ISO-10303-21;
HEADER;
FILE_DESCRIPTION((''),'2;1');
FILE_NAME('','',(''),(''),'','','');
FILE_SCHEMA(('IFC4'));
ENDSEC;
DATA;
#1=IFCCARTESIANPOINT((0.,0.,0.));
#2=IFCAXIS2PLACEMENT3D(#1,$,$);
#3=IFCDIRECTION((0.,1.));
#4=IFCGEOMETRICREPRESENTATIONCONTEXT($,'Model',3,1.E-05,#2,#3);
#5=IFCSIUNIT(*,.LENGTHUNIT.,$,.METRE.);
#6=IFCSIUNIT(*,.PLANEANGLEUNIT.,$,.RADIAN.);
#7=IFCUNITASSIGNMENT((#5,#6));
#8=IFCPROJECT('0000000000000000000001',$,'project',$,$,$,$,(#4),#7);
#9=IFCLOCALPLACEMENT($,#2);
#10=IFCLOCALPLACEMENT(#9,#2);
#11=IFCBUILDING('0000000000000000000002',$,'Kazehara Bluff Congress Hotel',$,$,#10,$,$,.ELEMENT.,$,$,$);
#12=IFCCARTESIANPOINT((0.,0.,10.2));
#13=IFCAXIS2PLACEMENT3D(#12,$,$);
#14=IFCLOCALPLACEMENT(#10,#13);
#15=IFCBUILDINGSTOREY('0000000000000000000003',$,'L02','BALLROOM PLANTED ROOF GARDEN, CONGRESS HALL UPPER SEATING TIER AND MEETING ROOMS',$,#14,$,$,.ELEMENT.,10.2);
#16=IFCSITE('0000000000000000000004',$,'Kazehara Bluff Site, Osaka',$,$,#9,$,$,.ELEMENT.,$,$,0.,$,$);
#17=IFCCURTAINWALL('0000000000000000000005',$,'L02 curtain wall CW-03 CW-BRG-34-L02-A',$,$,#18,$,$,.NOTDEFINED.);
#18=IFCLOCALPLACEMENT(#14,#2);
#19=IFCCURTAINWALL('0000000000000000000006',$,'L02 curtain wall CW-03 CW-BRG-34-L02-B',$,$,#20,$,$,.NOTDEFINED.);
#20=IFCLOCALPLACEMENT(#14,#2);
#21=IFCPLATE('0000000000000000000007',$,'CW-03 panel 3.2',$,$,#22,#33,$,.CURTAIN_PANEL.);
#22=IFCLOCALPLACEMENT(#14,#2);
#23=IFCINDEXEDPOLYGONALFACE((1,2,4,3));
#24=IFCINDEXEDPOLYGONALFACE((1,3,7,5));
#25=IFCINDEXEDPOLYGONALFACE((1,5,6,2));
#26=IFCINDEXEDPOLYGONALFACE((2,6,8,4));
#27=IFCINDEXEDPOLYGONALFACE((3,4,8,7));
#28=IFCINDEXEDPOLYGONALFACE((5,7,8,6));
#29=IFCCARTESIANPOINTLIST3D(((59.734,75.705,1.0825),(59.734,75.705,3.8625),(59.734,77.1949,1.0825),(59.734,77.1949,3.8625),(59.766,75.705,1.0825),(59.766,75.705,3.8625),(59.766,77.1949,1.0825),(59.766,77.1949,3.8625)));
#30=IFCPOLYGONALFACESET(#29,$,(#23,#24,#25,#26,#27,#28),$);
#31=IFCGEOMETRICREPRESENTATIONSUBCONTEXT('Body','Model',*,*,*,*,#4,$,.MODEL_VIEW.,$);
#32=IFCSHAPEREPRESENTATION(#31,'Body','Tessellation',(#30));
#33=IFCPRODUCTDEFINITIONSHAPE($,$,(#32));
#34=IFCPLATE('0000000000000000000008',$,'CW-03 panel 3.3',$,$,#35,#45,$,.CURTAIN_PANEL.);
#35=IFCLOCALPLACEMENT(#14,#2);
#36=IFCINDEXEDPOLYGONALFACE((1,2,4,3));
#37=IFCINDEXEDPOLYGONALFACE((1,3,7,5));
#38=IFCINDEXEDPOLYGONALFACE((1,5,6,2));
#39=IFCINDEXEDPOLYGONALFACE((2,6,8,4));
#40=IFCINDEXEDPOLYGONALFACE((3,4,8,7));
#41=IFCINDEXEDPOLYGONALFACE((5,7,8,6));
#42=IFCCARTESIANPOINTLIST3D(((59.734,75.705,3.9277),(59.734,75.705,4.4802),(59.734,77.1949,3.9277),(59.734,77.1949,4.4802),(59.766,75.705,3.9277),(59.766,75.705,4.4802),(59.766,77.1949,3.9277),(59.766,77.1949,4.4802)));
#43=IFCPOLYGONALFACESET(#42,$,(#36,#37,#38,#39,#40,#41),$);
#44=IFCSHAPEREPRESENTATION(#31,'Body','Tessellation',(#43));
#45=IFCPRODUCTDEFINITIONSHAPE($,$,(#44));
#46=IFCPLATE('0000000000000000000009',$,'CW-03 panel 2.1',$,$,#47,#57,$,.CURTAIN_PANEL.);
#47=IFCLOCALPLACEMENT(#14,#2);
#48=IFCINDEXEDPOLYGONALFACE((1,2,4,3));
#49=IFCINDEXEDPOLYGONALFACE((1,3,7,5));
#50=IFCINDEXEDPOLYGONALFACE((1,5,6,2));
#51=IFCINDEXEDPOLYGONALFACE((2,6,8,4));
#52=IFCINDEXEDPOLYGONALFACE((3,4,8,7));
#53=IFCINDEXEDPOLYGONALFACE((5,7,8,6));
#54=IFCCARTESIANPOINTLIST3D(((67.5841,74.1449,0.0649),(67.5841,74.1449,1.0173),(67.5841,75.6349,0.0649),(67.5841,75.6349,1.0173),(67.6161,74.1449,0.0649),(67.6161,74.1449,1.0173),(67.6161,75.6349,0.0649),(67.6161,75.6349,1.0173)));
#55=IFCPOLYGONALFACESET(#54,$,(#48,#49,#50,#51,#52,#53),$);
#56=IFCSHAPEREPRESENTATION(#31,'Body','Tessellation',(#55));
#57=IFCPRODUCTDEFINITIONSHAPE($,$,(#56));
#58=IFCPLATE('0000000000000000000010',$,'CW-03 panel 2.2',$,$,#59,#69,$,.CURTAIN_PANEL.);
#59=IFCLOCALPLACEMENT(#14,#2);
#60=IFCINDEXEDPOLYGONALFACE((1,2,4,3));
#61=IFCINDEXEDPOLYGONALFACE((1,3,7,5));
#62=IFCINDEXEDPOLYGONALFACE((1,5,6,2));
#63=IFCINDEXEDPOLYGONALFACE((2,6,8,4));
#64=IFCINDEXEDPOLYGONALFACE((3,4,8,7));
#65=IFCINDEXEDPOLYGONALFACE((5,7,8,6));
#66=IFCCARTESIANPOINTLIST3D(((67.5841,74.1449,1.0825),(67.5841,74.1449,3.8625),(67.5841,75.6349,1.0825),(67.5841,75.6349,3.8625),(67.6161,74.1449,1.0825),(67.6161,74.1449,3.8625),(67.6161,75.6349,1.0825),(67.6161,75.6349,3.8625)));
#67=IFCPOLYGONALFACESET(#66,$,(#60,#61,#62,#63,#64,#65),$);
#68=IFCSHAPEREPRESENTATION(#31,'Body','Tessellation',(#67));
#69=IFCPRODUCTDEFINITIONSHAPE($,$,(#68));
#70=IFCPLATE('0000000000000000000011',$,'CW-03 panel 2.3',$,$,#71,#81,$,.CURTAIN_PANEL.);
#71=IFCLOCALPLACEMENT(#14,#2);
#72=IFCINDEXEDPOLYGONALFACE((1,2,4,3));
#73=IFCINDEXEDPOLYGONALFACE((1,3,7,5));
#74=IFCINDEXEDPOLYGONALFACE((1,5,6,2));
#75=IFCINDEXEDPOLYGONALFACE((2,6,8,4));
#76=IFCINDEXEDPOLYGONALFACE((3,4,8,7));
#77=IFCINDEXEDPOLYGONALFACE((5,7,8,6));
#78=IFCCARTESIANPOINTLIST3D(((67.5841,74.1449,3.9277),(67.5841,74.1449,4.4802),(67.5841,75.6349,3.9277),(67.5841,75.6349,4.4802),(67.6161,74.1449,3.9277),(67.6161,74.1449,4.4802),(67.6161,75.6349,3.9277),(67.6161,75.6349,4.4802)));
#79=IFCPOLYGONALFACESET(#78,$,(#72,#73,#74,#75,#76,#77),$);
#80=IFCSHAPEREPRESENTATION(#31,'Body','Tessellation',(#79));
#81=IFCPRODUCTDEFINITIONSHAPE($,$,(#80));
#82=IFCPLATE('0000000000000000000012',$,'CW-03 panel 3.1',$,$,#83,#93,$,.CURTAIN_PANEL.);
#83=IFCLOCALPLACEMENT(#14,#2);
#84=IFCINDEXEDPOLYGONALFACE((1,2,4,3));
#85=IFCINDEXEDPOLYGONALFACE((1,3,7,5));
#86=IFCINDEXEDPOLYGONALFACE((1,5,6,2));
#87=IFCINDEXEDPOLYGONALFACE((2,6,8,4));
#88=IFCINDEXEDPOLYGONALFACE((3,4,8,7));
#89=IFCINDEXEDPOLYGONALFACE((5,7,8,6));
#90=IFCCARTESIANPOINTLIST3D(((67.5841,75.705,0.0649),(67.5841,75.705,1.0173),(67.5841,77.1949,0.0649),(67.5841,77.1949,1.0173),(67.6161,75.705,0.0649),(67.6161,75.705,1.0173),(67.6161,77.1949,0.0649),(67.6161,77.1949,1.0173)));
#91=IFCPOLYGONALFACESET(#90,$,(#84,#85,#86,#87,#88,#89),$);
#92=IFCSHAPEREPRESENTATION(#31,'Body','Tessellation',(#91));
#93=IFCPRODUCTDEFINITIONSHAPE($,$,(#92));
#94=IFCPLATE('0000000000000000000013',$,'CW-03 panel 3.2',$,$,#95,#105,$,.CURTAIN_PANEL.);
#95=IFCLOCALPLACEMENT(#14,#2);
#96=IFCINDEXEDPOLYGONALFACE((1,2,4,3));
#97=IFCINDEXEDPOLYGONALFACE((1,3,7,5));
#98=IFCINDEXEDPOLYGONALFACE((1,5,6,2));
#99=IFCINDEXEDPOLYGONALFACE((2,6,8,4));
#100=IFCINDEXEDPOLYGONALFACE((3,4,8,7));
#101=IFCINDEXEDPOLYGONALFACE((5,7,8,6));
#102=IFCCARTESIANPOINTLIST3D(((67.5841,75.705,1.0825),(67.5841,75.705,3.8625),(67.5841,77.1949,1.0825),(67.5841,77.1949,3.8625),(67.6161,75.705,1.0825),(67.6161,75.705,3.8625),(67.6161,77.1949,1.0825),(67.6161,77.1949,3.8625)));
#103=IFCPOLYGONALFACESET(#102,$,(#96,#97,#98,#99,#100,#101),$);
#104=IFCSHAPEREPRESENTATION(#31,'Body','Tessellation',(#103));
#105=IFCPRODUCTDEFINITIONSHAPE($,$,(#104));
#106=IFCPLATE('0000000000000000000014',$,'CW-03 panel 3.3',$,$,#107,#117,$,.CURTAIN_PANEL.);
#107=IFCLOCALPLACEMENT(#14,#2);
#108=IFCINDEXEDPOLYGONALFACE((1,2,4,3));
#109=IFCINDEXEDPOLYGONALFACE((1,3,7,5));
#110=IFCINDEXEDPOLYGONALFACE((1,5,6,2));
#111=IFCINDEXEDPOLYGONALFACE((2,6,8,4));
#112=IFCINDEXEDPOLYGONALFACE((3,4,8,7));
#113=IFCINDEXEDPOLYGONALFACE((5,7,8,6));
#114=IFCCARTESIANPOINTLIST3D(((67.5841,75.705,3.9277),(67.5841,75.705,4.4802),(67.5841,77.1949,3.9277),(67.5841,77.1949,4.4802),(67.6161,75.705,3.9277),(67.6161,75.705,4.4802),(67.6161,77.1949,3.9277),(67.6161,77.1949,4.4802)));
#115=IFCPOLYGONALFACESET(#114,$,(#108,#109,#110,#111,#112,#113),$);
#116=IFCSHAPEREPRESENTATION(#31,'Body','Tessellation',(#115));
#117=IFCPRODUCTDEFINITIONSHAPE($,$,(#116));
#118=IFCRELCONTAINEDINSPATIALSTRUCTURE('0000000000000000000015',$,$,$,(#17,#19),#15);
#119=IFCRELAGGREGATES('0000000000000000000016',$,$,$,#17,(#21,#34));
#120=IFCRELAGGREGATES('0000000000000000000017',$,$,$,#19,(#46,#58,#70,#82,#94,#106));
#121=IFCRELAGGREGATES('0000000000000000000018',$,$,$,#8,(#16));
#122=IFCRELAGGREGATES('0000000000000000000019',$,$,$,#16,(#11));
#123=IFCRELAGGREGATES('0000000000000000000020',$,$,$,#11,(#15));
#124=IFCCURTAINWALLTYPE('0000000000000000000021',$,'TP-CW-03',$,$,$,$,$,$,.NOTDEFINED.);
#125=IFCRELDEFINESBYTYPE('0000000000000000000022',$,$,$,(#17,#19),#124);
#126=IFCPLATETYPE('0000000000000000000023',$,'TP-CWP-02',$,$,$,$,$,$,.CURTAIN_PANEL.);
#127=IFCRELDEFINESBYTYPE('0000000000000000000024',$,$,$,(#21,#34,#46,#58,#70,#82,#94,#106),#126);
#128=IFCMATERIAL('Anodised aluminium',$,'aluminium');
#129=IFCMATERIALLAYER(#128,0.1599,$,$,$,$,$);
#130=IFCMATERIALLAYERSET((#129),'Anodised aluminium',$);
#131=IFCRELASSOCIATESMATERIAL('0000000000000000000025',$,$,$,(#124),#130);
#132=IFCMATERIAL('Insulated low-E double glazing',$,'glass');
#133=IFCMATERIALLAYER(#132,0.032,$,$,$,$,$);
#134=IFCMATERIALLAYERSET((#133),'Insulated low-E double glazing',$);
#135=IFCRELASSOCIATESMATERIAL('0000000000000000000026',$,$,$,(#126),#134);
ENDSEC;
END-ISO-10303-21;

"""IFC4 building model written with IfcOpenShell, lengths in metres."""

from ifc_helpers import new_model, si_unit, direction, frame, origin, origin_2d, place, context, subcontext, project, spatial, rectangle, extrude, material, layer, layer_set, type_object, element, aggregate, save


model = new_model("IFC4")

# Units and contexts
model_context = context("Model", 3, precision=1e-05, world=origin(), true_north=direction((0.0, 1.0)))
body_context = subcontext(model_context, "Body", "Model", "MODEL_VIEW")
ifc_project = project(units=[si_unit("LENGTHUNIT", "METRE"), si_unit("PLANEANGLEUNIT", "RADIAN")], contexts=[model_context])

# Site, building, storey
site_placement = place(None, origin())
site = spatial("IfcSite", under=ifc_project, at=site_placement, Name="Kazehara Bluff Site, Osaka", CompositionType="ELEMENT", RefElevation=0.0)
building_placement = place(site_placement, origin())
building = spatial("IfcBuilding", under=site, at=building_placement, Name="Kazehara Bluff Congress Hotel", CompositionType="ELEMENT")
storey_placement = place(building_placement, frame((0.0, 0.0, 10.2)))
storey = spatial("IfcBuildingStorey", under=building, at=storey_placement, Name="L02", Description="BALLROOM PLANTED ROOF GARDEN, CONGRESS HALL UPPER SEATING TIER AND MEETING ROOMS", CompositionType="ELEMENT", Elevation=10.2)

# Curtain wall
ifc_material_1 = material(Name="Anodised aluminium", Category="aluminium")
ifc_layer_1 = layer(ifc_material_1, 0.1599)
ifc_layer_set_1 = layer_set([ifc_layer_1], Name="Anodised aluminium")
curtain_wall_type = type_object("IfcCurtainWallType", Name="TP-CW-03", PredefinedType="NOTDEFINED", material=ifc_layer_set_1)
curtain_wall_1_placement = place(storey_placement, origin())
curtain_wall_1 = element("IfcCurtainWall", 1, at=curtain_wall_1_placement, inside=storey, type_object=curtain_wall_type, Name="L02 curtain wall CW-03 CW-BRG-34-L02-A", PredefinedType="NOTDEFINED")

# Curtain wall
curtain_wall_2_placement = place(storey_placement, origin())
curtain_wall_2 = element("IfcCurtainWall", 2, at=curtain_wall_2_placement, inside=storey, type_object=curtain_wall_type, Name="L02 curtain wall CW-03 CW-BRG-34-L02-B", PredefinedType="NOTDEFINED")

# Plates
ifc_material_2 = material(Name="Insulated low-E double glazing", Category="glass")
ifc_layer_2 = layer(ifc_material_2, 0.032)
ifc_layer_set_2 = layer_set([ifc_layer_2], Name="Insulated low-E double glazing")
plate_type = type_object("IfcPlateType", Name="TP-CWP-02", PredefinedType="CURTAIN_PANEL", material=ifc_layer_set_2)
plate_1_placement = place(storey_placement, frame((59.75, 76.45, 1.0825), z_axis=(0.0, 0.0, 1.0), x_axis=(0.0, 1.0, 0.0)))
plate_1 = element("IfcPlate", 3, at=plate_1_placement, type_object=plate_type, Name="CW-03 panel 3.2", PredefinedType="CURTAIN_PANEL", context=body_context, shape_type="SweptSolid", body=[
    extrude(rectangle(XDim=1.49, YDim=0.032, at=origin_2d()), origin(), (0.0, 0.0, 1.0), 2.78),
])
plate_2_placement = place(storey_placement, frame((59.75, 76.45, 3.9277), z_axis=(0.0, 0.0, 1.0), x_axis=(0.0, 1.0, 0.0)))
plate_2 = element("IfcPlate", 4, at=plate_2_placement, type_object=plate_type, Name="CW-03 panel 3.3", PredefinedType="CURTAIN_PANEL", context=body_context, shape_type="SweptSolid", body=[
    extrude(rectangle(XDim=1.49, YDim=0.032, at=origin_2d()), origin(), (0.0, 0.0, 1.0), 0.5525),
])
aggregate(curtain_wall_1, [plate_1, plate_2])
plate_3_placement = place(storey_placement, frame((67.6001, 74.8899, 0.0649), z_axis=(0.0, 0.0, 1.0), x_axis=(0.0, 1.0, 0.0)))
plate_3 = element("IfcPlate", 5, at=plate_3_placement, type_object=plate_type, Name="CW-03 panel 2.1", PredefinedType="CURTAIN_PANEL", context=body_context, shape_type="SweptSolid", body=[
    extrude(rectangle(XDim=1.49, YDim=0.032, at=origin_2d()), origin(), (0.0, 0.0, 1.0), 0.9524),
])
plate_4_placement = place(storey_placement, frame((67.6001, 74.8899, 1.0825), z_axis=(0.0, 0.0, 1.0), x_axis=(0.0, 1.0, 0.0)))
plate_4 = element("IfcPlate", 6, at=plate_4_placement, type_object=plate_type, Name="CW-03 panel 2.2", PredefinedType="CURTAIN_PANEL", context=body_context, shape_type="SweptSolid", body=[
    extrude(rectangle(XDim=1.49, YDim=0.032, at=origin_2d()), origin(), (0.0, 0.0, 1.0), 2.78),
])
plate_5_placement = place(storey_placement, frame((67.6001, 74.8899, 3.9277), z_axis=(0.0, 0.0, 1.0), x_axis=(0.0, 1.0, 0.0)))
plate_5 = element("IfcPlate", 7, at=plate_5_placement, type_object=plate_type, Name="CW-03 panel 2.3", PredefinedType="CURTAIN_PANEL", context=body_context, shape_type="SweptSolid", body=[
    extrude(rectangle(XDim=1.49, YDim=0.032, at=origin_2d()), origin(), (0.0, 0.0, 1.0), 0.5525),
])
plate_6_placement = place(storey_placement, frame((67.6001, 76.45, 0.0649), z_axis=(0.0, 0.0, 1.0), x_axis=(0.0, 1.0, 0.0)))
plate_6 = element("IfcPlate", 8, at=plate_6_placement, type_object=plate_type, Name="CW-03 panel 3.1", PredefinedType="CURTAIN_PANEL", context=body_context, shape_type="SweptSolid", body=[
    extrude(rectangle(XDim=1.49, YDim=0.032, at=origin_2d()), origin(), (0.0, 0.0, 1.0), 0.9524),
])
plate_7_placement = place(storey_placement, frame((67.6001, 76.45, 1.0825), z_axis=(0.0, 0.0, 1.0), x_axis=(0.0, 1.0, 0.0)))
plate_7 = element("IfcPlate", 9, at=plate_7_placement, type_object=plate_type, Name="CW-03 panel 3.2", PredefinedType="CURTAIN_PANEL", context=body_context, shape_type="SweptSolid", body=[
    extrude(rectangle(XDim=1.49, YDim=0.032, at=origin_2d()), origin(), (0.0, 0.0, 1.0), 2.78),
])
plate_8_placement = place(storey_placement, frame((67.6001, 76.45, 3.9277), z_axis=(0.0, 0.0, 1.0), x_axis=(0.0, 1.0, 0.0)))
plate_8 = element("IfcPlate", 10, at=plate_8_placement, type_object=plate_type, Name="CW-03 panel 3.3", PredefinedType="CURTAIN_PANEL", context=body_context, shape_type="SweptSolid", body=[
    extrude(rectangle(XDim=1.49, YDim=0.032, at=origin_2d()), origin(), (0.0, 0.0, 1.0), 0.5525),
])
aggregate(curtain_wall_2, [plate_3, plate_4, plate_5, plate_6, plate_7, plate_8])

save(model, "model.ifc")
